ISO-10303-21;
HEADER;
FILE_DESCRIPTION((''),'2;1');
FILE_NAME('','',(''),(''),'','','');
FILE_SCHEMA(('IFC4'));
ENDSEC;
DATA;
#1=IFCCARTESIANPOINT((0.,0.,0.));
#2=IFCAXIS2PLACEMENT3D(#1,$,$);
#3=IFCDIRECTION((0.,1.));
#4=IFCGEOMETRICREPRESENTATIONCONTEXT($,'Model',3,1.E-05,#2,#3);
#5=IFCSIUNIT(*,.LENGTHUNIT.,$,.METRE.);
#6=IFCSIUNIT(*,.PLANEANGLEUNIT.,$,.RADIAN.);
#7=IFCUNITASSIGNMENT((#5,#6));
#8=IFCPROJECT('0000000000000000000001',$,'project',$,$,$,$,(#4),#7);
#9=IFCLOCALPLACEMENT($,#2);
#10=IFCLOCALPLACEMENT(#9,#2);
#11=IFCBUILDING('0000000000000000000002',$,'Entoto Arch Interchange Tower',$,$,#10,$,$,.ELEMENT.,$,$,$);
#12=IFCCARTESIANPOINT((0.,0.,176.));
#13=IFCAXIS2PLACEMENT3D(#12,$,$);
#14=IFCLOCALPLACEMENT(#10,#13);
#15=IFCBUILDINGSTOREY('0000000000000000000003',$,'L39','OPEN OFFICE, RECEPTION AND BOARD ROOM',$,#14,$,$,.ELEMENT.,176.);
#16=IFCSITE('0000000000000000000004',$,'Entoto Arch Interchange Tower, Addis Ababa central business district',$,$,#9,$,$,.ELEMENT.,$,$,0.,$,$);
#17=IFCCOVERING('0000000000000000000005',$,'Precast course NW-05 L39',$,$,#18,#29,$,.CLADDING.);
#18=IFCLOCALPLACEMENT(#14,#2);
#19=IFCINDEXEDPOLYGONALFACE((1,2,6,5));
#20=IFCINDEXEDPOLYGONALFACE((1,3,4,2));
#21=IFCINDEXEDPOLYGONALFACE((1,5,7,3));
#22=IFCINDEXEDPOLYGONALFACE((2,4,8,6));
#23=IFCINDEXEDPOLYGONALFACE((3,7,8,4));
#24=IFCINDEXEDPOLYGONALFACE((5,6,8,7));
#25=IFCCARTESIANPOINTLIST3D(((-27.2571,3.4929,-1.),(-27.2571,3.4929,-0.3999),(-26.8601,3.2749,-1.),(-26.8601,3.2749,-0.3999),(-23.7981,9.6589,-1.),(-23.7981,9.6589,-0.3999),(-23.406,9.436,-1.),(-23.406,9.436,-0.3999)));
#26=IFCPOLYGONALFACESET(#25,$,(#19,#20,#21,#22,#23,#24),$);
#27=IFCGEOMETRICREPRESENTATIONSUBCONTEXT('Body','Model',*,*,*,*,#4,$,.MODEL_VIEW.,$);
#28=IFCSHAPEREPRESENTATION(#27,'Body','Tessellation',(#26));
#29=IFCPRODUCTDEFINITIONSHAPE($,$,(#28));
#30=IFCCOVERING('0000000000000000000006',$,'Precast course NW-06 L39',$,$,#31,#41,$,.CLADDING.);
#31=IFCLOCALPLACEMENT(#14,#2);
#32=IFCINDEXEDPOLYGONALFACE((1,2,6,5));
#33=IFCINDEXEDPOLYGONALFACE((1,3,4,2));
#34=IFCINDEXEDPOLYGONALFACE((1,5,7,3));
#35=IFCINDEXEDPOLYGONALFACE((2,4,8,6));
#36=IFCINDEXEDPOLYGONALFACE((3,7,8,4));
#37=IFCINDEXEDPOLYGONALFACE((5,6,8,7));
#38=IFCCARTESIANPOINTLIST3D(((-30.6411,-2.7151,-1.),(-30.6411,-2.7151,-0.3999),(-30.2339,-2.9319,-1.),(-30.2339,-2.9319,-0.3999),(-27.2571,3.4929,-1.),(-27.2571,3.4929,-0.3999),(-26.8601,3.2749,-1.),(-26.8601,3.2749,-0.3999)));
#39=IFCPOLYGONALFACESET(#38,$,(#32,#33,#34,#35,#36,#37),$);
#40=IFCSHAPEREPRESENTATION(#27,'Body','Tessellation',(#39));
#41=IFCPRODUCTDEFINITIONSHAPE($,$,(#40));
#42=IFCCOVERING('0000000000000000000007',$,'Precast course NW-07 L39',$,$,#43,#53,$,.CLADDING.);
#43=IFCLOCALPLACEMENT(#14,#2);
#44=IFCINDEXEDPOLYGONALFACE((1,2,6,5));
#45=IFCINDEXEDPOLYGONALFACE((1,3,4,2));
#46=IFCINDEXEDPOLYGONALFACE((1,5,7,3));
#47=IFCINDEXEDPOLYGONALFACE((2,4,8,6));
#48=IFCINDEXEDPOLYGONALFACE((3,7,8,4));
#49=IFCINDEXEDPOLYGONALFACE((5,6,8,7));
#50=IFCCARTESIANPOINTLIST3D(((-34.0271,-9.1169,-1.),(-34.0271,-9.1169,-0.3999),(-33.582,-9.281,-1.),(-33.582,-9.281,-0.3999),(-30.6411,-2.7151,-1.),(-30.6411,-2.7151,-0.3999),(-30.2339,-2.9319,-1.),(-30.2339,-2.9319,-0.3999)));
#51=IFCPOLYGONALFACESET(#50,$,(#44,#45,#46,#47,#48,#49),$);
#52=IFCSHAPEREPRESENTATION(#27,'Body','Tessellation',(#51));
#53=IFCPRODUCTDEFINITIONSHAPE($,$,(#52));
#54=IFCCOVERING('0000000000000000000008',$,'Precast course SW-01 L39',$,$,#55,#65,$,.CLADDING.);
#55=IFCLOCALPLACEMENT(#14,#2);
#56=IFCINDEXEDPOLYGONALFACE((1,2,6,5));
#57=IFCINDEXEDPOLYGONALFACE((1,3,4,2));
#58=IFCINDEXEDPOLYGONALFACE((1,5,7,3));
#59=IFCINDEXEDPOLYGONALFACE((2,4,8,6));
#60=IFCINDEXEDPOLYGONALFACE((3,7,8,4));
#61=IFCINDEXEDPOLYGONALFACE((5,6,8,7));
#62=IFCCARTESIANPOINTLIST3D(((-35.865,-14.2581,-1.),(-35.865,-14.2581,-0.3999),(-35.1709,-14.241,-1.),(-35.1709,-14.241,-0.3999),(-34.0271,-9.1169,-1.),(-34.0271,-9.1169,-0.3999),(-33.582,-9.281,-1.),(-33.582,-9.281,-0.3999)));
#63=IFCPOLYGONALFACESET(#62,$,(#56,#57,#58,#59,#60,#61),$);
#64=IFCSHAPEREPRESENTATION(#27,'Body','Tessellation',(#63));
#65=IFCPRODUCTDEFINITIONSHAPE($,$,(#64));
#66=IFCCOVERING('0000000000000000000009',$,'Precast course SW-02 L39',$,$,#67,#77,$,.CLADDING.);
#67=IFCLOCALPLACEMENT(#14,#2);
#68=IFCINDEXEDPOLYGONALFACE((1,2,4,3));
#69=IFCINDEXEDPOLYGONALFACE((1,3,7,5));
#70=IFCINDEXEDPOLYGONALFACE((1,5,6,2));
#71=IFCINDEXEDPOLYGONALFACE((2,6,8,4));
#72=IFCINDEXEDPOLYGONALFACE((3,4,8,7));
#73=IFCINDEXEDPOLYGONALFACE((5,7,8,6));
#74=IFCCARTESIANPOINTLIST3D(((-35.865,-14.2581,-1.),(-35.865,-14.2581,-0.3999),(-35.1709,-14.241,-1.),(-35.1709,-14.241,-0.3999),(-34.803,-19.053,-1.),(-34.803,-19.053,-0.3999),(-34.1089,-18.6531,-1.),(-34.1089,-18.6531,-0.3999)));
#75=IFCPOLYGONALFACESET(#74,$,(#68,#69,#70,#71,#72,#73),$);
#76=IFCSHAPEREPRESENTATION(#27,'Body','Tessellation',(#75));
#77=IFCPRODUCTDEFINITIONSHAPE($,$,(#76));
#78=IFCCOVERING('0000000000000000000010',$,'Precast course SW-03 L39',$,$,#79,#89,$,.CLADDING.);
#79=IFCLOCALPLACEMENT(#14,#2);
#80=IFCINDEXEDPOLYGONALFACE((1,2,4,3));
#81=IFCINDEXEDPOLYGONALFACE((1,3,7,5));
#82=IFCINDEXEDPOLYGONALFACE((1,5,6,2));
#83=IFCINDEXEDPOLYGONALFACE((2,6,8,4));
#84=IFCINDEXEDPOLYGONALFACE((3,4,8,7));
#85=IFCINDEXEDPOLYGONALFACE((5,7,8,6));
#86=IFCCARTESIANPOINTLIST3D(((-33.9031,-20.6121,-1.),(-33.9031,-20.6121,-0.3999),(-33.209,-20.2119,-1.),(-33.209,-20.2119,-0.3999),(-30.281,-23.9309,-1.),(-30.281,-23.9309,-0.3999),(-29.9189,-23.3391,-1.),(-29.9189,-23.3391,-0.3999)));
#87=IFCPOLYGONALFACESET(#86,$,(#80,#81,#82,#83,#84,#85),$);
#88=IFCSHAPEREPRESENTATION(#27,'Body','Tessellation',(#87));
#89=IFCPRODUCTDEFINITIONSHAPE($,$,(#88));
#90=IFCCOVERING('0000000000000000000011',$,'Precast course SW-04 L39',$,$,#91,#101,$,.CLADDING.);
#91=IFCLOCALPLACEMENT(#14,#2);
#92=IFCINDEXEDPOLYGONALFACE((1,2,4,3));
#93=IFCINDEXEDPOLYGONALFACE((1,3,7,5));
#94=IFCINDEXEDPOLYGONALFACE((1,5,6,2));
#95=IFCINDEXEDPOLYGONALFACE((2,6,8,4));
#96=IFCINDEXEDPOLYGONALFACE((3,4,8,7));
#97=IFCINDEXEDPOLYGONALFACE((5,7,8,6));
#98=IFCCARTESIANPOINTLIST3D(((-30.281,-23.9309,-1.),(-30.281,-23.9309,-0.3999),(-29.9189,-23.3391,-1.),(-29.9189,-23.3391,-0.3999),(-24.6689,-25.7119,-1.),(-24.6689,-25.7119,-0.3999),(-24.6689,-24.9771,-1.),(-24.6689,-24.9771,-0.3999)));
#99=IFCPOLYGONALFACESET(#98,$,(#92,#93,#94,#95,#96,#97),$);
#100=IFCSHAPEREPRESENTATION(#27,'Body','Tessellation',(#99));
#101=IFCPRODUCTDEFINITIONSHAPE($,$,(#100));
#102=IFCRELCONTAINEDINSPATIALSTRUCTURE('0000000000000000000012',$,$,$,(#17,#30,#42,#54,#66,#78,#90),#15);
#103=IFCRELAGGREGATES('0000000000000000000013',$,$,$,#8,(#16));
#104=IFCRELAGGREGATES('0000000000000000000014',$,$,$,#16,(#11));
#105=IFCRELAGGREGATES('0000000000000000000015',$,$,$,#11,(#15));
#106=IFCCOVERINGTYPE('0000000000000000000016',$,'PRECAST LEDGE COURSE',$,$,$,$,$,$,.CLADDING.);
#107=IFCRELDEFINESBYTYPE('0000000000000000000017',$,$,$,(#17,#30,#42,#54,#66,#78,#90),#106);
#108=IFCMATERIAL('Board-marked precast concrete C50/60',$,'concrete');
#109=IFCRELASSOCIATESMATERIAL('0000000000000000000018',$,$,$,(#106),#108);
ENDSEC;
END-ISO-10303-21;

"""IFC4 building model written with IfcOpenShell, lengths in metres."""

from ifc_helpers import new_model, si_unit, direction, frame, origin, place, context, subcontext, project, spatial, polyline, outline, extrude, material, type_object, element, save


model = new_model("IFC4")

# Units and contexts
model_context = context("Model", 3, precision=1e-05, world=origin(), true_north=direction((0.0, 1.0)))
body_context = subcontext(model_context, "Body", "Model", "MODEL_VIEW")
ifc_project = project(units=[si_unit("LENGTHUNIT", "METRE"), si_unit("PLANEANGLEUNIT", "RADIAN")], contexts=[model_context])

# Site, building, storey
site_placement = place(None, origin())
site = spatial("IfcSite", under=ifc_project, at=site_placement, Name="Entoto Arch Interchange Tower, Addis Ababa central business district", CompositionType="ELEMENT", RefElevation=0.0)
building_placement = place(site_placement, origin())
building = spatial("IfcBuilding", under=site, at=building_placement, Name="Entoto Arch Interchange Tower", CompositionType="ELEMENT")
storey_placement = place(building_placement, frame((0.0, 0.0, 176.0)))
storey = spatial("IfcBuildingStorey", under=building, at=storey_placement, Name="L39", Description="OPEN OFFICE, RECEPTION AND BOARD ROOM", CompositionType="ELEMENT", Elevation=176.0)

# Shared definitions
ifc_material_1 = material(Name="Board-marked precast concrete C50/60", Category="concrete")

# Coverings
covering_type_1 = type_object("IfcCoveringType", Name="PRECAST LEDGE COURSE", PredefinedType="CLADDING", material=ifc_material_1)
covering_1_placement = place(storey_placement, frame((0.0, 0.0, -1.0)))
element("IfcCovering", 1, at=covering_1_placement, inside=storey, type_object=covering_type_1, Name="Precast course NW-05 L39", PredefinedType="CLADDING", context=body_context, shape_type="SweptSolid", body=[
    extrude(outline(polyline([(-26.8601, 3.2749), (-27.2571, 3.4929), (-23.7981, 9.6589), (-23.406, 9.436), (-26.8601, 3.2749)])), origin(), (0.0, 0.0, 1.0), 0.6001),
])
covering_2_placement = place(storey_placement, frame((0.0, 0.0, -1.0)))
element("IfcCovering", 2, at=covering_2_placement, inside=storey, type_object=covering_type_1, Name="Precast course NW-06 L39", PredefinedType="CLADDING", context=body_context, shape_type="SweptSolid", body=[
    extrude(outline(polyline([(-30.2339, -2.9319), (-30.6411, -2.7151), (-27.2571, 3.4929), (-26.8601, 3.2749), (-30.2339, -2.9319)])), origin(), (0.0, 0.0, 1.0), 0.6001),
])
covering_3_placement = place(storey_placement, frame((0.0, 0.0, -1.0)))
element("IfcCovering", 3, at=covering_3_placement, inside=storey, type_object=covering_type_1, Name="Precast course NW-07 L39", PredefinedType="CLADDING", context=body_context, shape_type="SweptSolid", body=[
    extrude(outline(polyline([(-33.582, -9.281), (-34.0271, -9.1169), (-30.6411, -2.7151), (-30.2339, -2.9319), (-33.582, -9.281)])), origin(), (0.0, 0.0, 1.0), 0.6001),
])
covering_4_placement = place(storey_placement, frame((0.0, 0.0, -1.0)))
element("IfcCovering", 4, at=covering_4_placement, inside=storey, type_object=covering_type_1, Name="Precast course SW-01 L39", PredefinedType="CLADDING", context=body_context, shape_type="SweptSolid", body=[
    extrude(outline(polyline([(-35.1709, -14.241), (-35.865, -14.2581), (-34.0271, -9.1169), (-33.582, -9.281), (-35.1709, -14.241)])), origin(), (0.0, 0.0, 1.0), 0.6001),
])
covering_5_placement = place(storey_placement, frame((0.0, 0.0, -1.0)))
element("IfcCovering", 5, at=covering_5_placement, inside=storey, type_object=covering_type_1, Name="Precast course SW-02 L39", PredefinedType="CLADDING", context=body_context, shape_type="SweptSolid", body=[
    extrude(outline(polyline([(-34.1089, -18.6531), (-34.803, -19.053), (-35.865, -14.2581), (-35.1709, -14.241), (-34.1089, -18.6531)])), origin(), (0.0, 0.0, 1.0), 0.6001),
])
covering_6_placement = place(storey_placement, frame((0.0, 0.0, -1.0)))
element("IfcCovering", 6, at=covering_6_placement, inside=storey, type_object=covering_type_1, Name="Precast course SW-03 L39", PredefinedType="CLADDING", context=body_context, shape_type="SweptSolid", body=[
    extrude(outline(polyline([(-29.9189, -23.3391), (-30.281, -23.9309), (-33.9031, -20.6121), (-33.209, -20.2119), (-29.9189, -23.3391)])), origin(), (0.0, 0.0, 1.0), 0.6001),
])
covering_7_placement = place(storey_placement, frame((0.0, 0.0, -1.0)))
element("IfcCovering", 7, at=covering_7_placement, inside=storey, type_object=covering_type_1, Name="Precast course SW-04 L39", PredefinedType="CLADDING", context=body_context, shape_type="SweptSolid", body=[
    extrude(outline(polyline([(-24.6689, -24.9771), (-24.6689, -25.7119), (-30.281, -23.9309), (-29.9189, -23.3391), (-24.6689, -24.9771)])), origin(), (0.0, 0.0, 1.0), 0.6001),
])

save(model, "model.ifc")
